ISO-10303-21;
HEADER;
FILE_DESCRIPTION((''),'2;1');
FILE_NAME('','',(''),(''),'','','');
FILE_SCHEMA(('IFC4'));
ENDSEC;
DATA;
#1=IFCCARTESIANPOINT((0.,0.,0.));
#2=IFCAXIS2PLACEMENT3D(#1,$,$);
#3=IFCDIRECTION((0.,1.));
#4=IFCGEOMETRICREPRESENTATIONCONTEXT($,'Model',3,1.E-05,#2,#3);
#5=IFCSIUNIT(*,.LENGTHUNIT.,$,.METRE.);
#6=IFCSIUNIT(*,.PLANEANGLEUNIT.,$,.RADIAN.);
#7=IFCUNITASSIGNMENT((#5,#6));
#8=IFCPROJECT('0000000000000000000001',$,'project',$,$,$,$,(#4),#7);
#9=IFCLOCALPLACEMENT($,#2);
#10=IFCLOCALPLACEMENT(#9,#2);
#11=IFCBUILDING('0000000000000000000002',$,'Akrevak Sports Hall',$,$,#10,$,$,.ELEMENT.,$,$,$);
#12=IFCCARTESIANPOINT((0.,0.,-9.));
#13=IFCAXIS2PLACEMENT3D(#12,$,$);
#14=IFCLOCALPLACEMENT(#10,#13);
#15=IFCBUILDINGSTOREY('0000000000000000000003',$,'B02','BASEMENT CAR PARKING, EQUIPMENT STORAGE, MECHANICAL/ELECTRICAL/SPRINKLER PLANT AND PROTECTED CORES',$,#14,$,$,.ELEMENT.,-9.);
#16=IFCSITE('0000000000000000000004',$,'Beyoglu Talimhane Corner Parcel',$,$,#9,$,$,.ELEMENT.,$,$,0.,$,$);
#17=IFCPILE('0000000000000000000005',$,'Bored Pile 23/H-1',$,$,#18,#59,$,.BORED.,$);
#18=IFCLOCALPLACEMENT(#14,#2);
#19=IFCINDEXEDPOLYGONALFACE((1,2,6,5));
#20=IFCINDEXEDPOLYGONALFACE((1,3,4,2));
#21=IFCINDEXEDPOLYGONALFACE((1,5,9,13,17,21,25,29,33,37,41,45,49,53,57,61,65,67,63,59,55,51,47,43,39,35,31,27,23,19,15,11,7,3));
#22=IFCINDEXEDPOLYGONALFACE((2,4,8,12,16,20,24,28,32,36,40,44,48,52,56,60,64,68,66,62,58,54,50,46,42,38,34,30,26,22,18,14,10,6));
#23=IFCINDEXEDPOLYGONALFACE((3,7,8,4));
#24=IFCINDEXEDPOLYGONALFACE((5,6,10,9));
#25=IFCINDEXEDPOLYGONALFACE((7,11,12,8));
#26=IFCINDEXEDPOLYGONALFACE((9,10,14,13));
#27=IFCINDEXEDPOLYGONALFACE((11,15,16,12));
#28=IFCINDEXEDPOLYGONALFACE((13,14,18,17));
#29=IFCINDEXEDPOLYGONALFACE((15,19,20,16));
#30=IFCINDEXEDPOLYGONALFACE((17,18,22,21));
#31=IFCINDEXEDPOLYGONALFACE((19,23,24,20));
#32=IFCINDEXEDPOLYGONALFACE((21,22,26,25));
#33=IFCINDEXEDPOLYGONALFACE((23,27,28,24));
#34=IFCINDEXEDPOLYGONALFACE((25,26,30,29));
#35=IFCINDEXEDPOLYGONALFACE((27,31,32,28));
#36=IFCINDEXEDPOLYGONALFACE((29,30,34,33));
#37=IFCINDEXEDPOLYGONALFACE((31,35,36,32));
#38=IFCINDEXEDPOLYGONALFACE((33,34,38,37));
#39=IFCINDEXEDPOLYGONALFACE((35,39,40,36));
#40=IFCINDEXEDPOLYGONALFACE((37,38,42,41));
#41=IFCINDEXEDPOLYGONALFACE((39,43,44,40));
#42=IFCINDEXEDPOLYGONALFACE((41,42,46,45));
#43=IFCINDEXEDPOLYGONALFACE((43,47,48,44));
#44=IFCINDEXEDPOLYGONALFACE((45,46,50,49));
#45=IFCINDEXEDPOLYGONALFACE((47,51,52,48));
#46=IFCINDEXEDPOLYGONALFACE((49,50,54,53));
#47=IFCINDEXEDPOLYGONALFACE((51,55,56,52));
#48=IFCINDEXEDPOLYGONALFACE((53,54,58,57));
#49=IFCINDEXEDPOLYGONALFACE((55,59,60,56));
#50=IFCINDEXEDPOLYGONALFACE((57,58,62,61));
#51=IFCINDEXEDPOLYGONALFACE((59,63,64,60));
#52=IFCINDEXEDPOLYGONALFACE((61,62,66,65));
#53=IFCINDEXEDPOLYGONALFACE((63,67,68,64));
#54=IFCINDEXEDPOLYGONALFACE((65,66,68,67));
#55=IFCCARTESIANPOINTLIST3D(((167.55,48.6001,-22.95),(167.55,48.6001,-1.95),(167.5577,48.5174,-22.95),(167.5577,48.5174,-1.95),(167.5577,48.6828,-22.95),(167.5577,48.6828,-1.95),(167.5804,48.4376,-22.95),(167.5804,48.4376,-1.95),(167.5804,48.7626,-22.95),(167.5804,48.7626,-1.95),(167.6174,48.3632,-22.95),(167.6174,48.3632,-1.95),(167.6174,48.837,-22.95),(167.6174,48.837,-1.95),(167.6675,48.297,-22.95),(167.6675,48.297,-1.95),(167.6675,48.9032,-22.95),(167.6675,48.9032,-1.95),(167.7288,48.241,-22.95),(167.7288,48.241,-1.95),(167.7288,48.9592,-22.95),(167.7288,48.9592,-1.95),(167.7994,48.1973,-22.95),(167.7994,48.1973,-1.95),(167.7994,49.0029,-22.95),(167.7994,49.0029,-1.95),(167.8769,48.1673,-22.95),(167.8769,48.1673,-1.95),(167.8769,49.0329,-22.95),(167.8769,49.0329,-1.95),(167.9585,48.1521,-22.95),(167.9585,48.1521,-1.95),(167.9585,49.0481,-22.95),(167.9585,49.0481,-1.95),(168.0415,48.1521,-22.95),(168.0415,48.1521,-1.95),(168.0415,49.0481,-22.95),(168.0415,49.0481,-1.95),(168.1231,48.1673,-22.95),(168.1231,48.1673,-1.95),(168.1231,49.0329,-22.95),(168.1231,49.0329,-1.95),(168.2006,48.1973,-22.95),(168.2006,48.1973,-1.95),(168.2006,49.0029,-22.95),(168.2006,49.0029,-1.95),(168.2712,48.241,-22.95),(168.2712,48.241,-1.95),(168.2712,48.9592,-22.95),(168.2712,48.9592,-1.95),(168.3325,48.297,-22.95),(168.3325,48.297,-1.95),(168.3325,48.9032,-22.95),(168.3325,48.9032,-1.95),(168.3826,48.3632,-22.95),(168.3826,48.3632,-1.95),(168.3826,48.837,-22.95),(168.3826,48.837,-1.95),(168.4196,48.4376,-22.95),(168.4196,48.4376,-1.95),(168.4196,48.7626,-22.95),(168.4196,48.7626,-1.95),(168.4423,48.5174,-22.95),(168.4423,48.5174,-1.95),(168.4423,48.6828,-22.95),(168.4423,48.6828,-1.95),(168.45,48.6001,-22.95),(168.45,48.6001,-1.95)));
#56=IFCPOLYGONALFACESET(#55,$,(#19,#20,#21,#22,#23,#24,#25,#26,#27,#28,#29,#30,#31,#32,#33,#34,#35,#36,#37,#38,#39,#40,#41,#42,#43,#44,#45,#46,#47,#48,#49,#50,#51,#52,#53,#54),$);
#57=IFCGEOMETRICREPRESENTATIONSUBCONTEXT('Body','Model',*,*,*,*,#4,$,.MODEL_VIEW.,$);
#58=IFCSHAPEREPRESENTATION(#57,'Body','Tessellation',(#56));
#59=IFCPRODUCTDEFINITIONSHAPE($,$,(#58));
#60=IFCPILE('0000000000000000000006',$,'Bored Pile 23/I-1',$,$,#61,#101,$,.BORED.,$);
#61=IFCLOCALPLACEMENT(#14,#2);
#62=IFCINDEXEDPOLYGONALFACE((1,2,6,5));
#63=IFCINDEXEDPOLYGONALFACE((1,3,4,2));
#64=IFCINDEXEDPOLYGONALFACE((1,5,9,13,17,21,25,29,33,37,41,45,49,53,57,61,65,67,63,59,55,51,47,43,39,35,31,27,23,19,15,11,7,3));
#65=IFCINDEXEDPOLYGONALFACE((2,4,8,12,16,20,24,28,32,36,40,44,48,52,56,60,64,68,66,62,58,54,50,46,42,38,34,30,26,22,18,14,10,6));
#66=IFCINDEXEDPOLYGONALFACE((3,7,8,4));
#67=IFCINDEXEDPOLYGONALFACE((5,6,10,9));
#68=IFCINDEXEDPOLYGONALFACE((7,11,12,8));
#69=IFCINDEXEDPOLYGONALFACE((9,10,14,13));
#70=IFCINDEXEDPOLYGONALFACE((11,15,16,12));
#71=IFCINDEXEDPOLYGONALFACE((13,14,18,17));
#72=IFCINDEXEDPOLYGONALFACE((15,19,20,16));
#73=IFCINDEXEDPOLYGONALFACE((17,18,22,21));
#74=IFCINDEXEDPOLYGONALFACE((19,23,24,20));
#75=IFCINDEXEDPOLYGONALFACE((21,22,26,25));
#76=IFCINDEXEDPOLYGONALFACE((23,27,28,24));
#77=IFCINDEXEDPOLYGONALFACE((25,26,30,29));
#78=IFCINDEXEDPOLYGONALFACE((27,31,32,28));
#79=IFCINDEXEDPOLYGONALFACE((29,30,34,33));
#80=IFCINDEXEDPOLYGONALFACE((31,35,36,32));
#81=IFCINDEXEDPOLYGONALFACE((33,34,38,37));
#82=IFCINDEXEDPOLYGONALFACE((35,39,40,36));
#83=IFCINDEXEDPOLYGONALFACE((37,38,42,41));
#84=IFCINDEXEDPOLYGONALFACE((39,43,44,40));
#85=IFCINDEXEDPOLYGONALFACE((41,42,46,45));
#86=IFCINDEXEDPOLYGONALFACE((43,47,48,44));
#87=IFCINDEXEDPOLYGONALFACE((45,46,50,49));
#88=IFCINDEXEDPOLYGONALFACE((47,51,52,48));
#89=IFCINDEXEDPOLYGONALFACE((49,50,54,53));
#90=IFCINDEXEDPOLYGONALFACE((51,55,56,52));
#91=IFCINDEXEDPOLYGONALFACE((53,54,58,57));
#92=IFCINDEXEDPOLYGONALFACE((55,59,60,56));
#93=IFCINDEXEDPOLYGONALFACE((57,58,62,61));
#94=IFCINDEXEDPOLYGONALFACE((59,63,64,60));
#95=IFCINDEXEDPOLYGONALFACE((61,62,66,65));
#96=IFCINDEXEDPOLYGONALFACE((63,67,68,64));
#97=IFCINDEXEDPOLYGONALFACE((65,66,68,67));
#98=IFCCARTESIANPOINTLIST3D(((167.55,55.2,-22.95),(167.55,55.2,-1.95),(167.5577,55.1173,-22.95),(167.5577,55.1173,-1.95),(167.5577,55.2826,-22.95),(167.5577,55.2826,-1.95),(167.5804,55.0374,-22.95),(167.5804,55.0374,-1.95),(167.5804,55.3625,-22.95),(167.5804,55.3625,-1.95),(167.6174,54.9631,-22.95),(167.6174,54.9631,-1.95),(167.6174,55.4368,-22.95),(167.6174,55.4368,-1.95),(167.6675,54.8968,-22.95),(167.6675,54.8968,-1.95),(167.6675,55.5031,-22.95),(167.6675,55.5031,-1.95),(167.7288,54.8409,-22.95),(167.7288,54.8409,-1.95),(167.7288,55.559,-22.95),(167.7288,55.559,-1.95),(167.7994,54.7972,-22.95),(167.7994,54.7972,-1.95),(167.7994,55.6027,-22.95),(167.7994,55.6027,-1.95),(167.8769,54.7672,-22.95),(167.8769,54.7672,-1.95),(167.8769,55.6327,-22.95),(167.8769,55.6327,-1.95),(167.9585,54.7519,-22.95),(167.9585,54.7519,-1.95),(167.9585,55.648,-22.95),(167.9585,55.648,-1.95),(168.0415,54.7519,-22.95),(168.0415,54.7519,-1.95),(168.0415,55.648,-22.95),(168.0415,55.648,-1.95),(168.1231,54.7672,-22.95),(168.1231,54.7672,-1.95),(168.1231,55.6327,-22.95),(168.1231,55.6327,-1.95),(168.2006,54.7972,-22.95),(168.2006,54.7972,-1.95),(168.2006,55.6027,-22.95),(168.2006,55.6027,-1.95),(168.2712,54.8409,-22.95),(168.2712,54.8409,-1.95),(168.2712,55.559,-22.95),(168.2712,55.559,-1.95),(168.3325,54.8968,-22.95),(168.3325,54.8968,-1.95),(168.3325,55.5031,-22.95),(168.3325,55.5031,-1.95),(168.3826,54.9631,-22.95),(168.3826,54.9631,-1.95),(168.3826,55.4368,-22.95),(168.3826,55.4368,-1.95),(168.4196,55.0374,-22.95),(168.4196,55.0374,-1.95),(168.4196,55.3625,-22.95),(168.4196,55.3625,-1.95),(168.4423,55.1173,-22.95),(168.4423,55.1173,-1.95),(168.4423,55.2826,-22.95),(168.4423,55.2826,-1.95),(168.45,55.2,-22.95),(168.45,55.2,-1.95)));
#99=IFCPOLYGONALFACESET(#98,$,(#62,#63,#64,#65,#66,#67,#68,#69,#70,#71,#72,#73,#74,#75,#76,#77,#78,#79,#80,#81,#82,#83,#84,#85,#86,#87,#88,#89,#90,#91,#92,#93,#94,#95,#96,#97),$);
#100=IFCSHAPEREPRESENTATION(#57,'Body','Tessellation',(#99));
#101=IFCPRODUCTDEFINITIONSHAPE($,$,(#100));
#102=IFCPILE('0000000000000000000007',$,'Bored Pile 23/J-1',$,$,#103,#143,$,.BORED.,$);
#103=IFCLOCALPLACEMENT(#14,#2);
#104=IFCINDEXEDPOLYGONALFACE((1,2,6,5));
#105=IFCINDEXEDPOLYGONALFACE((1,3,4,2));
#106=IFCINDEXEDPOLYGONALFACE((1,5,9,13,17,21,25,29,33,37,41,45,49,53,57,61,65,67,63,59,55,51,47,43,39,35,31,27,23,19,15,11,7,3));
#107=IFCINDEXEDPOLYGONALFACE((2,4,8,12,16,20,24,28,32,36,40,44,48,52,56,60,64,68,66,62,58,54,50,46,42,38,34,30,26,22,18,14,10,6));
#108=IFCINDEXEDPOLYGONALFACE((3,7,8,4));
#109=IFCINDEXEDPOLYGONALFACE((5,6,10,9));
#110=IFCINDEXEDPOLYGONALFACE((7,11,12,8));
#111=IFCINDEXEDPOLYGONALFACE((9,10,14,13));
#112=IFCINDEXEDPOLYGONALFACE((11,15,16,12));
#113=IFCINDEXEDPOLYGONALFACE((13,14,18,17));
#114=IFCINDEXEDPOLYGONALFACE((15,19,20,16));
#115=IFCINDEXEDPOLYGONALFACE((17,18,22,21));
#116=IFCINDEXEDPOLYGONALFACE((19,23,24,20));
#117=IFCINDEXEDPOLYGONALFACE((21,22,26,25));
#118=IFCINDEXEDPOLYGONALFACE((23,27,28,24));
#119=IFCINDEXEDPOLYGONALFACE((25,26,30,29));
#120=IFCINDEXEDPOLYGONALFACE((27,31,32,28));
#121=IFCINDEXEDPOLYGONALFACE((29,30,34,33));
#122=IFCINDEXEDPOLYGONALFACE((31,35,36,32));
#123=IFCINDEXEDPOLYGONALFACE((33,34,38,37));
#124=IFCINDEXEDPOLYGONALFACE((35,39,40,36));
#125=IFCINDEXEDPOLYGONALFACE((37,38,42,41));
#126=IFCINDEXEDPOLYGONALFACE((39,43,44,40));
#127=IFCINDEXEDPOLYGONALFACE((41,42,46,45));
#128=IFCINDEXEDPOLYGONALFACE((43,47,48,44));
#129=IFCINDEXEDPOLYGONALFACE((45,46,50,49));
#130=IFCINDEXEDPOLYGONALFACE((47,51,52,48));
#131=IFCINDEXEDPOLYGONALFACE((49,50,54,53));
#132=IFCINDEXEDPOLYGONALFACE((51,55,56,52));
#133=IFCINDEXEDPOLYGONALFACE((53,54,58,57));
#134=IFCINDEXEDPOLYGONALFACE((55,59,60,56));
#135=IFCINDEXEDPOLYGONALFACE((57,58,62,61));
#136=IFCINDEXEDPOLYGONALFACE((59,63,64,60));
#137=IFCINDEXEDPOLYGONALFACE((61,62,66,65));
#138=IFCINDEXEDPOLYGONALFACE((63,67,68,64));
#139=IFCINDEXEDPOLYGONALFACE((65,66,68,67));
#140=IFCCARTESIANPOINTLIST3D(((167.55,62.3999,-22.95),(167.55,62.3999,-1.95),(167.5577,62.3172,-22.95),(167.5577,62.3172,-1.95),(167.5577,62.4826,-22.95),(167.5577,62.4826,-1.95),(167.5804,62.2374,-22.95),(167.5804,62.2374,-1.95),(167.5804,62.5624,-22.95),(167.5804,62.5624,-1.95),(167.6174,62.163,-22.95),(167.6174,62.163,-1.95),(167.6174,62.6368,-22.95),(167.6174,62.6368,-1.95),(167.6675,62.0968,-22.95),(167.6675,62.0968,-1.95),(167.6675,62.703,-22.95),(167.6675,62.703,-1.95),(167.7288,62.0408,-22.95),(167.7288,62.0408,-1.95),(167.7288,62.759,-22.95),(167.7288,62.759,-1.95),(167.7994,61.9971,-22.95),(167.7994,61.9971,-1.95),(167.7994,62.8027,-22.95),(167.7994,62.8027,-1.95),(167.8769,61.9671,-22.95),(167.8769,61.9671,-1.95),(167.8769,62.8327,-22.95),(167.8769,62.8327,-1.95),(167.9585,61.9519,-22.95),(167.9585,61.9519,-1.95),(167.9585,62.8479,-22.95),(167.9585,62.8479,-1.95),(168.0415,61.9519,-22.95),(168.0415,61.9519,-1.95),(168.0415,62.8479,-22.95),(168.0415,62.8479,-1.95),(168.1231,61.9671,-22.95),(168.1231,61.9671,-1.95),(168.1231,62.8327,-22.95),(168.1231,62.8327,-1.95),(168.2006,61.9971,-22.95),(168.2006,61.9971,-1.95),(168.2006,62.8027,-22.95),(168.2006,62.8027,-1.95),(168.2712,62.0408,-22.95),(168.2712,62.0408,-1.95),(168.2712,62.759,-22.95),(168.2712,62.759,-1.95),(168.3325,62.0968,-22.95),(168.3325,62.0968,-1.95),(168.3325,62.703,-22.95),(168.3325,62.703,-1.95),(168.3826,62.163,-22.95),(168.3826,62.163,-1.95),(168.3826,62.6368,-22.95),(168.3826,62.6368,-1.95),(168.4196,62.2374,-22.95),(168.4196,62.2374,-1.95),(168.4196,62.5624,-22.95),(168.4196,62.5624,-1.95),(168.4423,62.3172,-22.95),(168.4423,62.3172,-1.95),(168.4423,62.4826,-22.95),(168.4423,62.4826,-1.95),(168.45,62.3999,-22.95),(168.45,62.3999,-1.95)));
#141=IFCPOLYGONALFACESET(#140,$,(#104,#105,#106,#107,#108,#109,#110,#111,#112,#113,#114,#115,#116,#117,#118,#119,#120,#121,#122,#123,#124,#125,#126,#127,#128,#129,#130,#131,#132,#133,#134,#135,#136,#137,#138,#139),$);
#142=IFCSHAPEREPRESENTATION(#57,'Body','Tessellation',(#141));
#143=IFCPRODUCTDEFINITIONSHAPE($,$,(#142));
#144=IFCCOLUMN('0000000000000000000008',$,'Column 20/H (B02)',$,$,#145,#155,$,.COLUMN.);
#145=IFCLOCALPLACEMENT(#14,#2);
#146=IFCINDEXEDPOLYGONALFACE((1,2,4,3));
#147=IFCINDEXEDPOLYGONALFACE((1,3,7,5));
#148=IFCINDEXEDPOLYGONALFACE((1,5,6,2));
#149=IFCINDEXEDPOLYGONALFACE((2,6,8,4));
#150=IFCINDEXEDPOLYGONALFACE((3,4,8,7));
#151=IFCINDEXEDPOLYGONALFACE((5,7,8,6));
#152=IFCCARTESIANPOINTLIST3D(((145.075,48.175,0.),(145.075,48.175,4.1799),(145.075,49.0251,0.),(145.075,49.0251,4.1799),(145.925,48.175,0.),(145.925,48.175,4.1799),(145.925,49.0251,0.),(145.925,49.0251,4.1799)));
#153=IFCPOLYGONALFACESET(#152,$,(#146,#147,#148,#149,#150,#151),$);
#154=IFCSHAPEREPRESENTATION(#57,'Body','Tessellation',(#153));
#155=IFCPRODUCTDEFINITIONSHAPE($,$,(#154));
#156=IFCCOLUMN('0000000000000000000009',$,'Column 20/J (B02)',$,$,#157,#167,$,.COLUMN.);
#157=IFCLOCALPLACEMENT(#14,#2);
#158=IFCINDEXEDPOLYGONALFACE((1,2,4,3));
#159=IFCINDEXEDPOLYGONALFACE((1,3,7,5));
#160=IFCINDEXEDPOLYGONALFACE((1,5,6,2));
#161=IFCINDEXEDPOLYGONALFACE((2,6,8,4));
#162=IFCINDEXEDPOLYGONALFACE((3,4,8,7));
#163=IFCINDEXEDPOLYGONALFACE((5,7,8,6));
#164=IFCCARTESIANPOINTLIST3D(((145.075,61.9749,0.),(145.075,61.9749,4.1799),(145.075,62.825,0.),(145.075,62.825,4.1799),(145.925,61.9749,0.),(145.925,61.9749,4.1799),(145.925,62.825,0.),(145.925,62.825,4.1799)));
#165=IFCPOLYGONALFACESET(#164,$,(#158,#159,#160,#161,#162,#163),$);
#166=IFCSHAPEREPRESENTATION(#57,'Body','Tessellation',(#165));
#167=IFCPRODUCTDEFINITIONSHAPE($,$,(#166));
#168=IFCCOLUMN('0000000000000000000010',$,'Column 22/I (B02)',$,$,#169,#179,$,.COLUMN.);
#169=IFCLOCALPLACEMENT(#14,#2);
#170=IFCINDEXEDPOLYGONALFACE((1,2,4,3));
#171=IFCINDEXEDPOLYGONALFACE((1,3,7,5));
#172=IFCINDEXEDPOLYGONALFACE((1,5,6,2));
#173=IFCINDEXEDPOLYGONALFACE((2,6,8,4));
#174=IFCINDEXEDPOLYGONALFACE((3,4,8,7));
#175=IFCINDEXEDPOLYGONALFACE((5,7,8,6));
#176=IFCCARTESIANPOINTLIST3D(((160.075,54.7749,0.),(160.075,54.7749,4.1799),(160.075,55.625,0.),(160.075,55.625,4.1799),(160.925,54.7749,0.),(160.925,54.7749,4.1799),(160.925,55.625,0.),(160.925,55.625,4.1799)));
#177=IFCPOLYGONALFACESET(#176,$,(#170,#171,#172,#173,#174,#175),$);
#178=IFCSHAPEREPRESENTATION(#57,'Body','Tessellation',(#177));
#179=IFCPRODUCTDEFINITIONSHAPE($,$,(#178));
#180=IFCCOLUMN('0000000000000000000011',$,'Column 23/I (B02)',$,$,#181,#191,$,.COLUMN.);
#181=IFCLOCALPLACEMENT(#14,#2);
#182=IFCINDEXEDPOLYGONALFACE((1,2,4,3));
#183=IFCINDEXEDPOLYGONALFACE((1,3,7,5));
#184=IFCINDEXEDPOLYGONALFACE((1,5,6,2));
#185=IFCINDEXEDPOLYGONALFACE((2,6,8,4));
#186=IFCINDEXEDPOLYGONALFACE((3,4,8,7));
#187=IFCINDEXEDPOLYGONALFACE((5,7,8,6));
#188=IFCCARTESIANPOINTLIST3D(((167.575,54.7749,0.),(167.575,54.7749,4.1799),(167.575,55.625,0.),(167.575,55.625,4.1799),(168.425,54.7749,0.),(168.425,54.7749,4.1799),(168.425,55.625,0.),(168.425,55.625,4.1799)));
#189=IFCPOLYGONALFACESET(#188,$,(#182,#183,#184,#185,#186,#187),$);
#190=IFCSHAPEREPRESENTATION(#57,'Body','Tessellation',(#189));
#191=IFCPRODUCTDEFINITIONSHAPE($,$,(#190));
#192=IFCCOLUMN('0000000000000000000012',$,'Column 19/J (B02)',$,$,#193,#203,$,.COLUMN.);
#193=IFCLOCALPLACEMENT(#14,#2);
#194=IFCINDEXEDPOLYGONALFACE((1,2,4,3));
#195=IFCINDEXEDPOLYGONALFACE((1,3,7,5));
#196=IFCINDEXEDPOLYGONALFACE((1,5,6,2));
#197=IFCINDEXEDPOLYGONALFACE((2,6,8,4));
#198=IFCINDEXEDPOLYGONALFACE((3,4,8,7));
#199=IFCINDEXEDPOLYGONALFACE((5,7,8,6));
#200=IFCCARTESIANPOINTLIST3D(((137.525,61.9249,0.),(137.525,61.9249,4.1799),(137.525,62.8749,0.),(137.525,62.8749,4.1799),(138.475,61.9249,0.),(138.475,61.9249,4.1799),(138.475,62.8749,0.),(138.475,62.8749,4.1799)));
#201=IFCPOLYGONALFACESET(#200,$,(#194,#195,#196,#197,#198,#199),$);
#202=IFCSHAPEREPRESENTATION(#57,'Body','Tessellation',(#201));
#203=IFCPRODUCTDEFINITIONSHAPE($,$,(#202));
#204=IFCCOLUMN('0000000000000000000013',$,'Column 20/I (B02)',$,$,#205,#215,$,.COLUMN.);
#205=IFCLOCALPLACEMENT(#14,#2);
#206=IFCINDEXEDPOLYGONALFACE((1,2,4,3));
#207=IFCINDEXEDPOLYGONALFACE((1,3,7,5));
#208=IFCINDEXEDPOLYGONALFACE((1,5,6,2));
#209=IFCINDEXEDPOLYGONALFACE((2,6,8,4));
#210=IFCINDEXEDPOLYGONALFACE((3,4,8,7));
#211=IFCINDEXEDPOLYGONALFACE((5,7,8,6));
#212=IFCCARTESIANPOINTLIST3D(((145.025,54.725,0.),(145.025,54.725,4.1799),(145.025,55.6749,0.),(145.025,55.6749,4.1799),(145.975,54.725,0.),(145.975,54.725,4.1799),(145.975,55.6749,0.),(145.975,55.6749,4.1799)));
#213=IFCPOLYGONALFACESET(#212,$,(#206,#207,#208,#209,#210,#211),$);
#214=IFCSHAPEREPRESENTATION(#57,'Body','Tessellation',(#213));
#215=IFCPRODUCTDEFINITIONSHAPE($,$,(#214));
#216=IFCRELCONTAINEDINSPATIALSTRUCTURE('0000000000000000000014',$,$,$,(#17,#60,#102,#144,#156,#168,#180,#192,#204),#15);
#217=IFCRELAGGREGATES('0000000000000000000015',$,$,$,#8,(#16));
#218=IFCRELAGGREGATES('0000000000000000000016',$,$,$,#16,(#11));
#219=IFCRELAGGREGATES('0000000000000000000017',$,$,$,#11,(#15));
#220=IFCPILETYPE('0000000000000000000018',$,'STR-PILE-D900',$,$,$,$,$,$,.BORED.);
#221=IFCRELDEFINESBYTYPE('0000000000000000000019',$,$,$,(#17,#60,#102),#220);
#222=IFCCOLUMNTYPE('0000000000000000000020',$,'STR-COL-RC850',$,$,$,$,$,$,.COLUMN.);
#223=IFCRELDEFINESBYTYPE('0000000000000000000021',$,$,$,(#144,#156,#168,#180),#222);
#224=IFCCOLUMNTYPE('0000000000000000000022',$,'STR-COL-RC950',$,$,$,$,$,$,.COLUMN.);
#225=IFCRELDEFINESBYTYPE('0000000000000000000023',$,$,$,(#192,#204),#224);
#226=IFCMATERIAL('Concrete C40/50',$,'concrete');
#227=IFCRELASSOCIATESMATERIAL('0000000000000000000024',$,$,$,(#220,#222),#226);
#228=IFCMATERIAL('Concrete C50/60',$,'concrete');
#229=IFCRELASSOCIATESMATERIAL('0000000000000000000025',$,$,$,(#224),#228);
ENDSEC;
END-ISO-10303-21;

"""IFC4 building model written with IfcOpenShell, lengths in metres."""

from ifc_helpers import new_model, si_unit, direction, frame, origin, origin_2d, place, context, subcontext, project, spatial, rectangle, circle, extrude, material, material_profile, profile_set, type_object, element, save


model = new_model("IFC4")

# Units and contexts
model_context = context("Model", 3, precision=1e-05, world=origin(), true_north=direction((0.0, 1.0)))
body_context = subcontext(model_context, "Body", "Model", "MODEL_VIEW")
ifc_project = project(units=[si_unit("LENGTHUNIT", "METRE"), si_unit("PLANEANGLEUNIT", "RADIAN")], contexts=[model_context])

# Site, building, storey
site_placement = place(None, origin())
site = spatial("IfcSite", under=ifc_project, at=site_placement, Name="Beyoglu Talimhane Corner Parcel", CompositionType="ELEMENT", RefElevation=0.0)
building_placement = place(site_placement, origin())
building = spatial("IfcBuilding", under=site, at=building_placement, Name="Akrevak Sports Hall", CompositionType="ELEMENT")
storey_placement = place(building_placement, frame((0.0, 0.0, -9.0)))
storey = spatial("IfcBuildingStorey", under=building, at=storey_placement, Name="B02", Description="BASEMENT CAR PARKING, EQUIPMENT STORAGE, MECHANICAL/ELECTRICAL/SPRINKLER PLANT AND PROTECTED CORES", CompositionType="ELEMENT", Elevation=-9.0)

# Shared definitions
ifc_material_1 = material(Name="Concrete C40/50", Category="concrete")

# Piles
ifc_material_profile_1 = material_profile(ifc_material_1, circle(Radius=0.45, at=origin_2d()), Name="BORED PILE D900", Category="concrete")
ifc_profile_set_1 = profile_set([ifc_material_profile_1], Name="Concrete C40/50")
pile_type_1 = type_object("IfcPileType", Name="STR-PILE-D900", PredefinedType="BORED", material=ifc_profile_set_1)
for number, where, z_axis, x_axis, name in (
    (1, (168.0, 48.6001, -1.95), (0.0, 0.0, -1.0), (1.0, 0.0, 0.0), "Bored Pile 23/H-1"),
    (2, (168.0, 55.2, -1.95), (0.0, 0.0, -1.0), (1.0, 0.0, 0.0), "Bored Pile 23/I-1"),
    (3, (168.0, 62.3999, -1.95), (0.0, 0.0, -1.0), (1.0, 0.0, 0.0), "Bored Pile 23/J-1"),
):
    element("IfcPile", number, at=place(storey_placement, frame(where, z_axis=z_axis, x_axis=x_axis)), inside=storey, type_object=pile_type_1, Name=name, PredefinedType="BORED", context=body_context, shape_type="SweptSolid", body=[
        extrude(circle(Radius=0.45, at=origin_2d()), origin(), (0.0, 0.0, 1.0), 21.0),
    ])

# Columns
ifc_material_profile_2 = material_profile(ifc_material_1, rectangle(XDim=0.8501, YDim=0.8501, at=origin_2d()), Name="RC 850x850", Category="concrete")
ifc_profile_set_2 = profile_set([ifc_material_profile_2], Name="Concrete C40/50")
column_type_1 = type_object("IfcColumnType", Name="STR-COL-RC850", PredefinedType="COLUMN", material=ifc_profile_set_2)
for number, where, z_axis, x_axis, name in (
    (4, (145.5, 48.6001, 0.0), (0.0, 0.0, 1.0), (1.0, 0.0, 0.0), "Column 20/H (B02)"),
    (5, (145.5, 62.3999, 0.0), (0.0, 0.0, 1.0), (1.0, 0.0, 0.0), "Column 20/J (B02)"),
    (6, (160.5, 55.2, 0.0), (0.0, 0.0, 1.0), (1.0, 0.0, 0.0), "Column 22/I (B02)"),
    (7, (168.0, 55.2, 0.0), (0.0, 0.0, 1.0), (1.0, 0.0, 0.0), "Column 23/I (B02)"),
):
    element("IfcColumn", number, at=place(storey_placement, frame(where, z_axis=z_axis, x_axis=x_axis)), inside=storey, type_object=column_type_1, Name=name, PredefinedType="COLUMN", context=body_context, shape_type="SweptSolid", body=[
        extrude(rectangle(XDim=0.8501, YDim=0.8501, at=origin_2d()), origin(), (0.0, 0.0, 1.0), 4.1799),
    ])
ifc_material_2 = material(Name="Concrete C50/60", Category="concrete")
ifc_material_profile_3 = material_profile(ifc_material_2, rectangle(XDim=0.95, YDim=0.95, at=origin_2d()), Name="RC 950x950", Category="concrete")
ifc_profile_set_3 = profile_set([ifc_material_profile_3], Name="Concrete C50/60")
column_type_2 = type_object("IfcColumnType", Name="STR-COL-RC950", PredefinedType="COLUMN", material=ifc_profile_set_3)
for number, where, z_axis, x_axis, name in (
    (8, (138.0, 62.3999, 0.0), (0.0, 0.0, 1.0), (1.0, 0.0, 0.0), "Column 19/J (B02)"),
    (9, (145.5, 55.2, 0.0), (0.0, 0.0, 1.0), (1.0, 0.0, 0.0), "Column 20/I (B02)"),
):
    element("IfcColumn", number, at=place(storey_placement, frame(where, z_axis=z_axis, x_axis=x_axis)), inside=storey, type_object=column_type_2, Name=name, PredefinedType="COLUMN", context=body_context, shape_type="SweptSolid", body=[
        extrude(rectangle(XDim=0.95, YDim=0.95, at=origin_2d()), origin(), (0.0, 0.0, 1.0), 4.1799),
    ])

save(model, "model.ifc")
